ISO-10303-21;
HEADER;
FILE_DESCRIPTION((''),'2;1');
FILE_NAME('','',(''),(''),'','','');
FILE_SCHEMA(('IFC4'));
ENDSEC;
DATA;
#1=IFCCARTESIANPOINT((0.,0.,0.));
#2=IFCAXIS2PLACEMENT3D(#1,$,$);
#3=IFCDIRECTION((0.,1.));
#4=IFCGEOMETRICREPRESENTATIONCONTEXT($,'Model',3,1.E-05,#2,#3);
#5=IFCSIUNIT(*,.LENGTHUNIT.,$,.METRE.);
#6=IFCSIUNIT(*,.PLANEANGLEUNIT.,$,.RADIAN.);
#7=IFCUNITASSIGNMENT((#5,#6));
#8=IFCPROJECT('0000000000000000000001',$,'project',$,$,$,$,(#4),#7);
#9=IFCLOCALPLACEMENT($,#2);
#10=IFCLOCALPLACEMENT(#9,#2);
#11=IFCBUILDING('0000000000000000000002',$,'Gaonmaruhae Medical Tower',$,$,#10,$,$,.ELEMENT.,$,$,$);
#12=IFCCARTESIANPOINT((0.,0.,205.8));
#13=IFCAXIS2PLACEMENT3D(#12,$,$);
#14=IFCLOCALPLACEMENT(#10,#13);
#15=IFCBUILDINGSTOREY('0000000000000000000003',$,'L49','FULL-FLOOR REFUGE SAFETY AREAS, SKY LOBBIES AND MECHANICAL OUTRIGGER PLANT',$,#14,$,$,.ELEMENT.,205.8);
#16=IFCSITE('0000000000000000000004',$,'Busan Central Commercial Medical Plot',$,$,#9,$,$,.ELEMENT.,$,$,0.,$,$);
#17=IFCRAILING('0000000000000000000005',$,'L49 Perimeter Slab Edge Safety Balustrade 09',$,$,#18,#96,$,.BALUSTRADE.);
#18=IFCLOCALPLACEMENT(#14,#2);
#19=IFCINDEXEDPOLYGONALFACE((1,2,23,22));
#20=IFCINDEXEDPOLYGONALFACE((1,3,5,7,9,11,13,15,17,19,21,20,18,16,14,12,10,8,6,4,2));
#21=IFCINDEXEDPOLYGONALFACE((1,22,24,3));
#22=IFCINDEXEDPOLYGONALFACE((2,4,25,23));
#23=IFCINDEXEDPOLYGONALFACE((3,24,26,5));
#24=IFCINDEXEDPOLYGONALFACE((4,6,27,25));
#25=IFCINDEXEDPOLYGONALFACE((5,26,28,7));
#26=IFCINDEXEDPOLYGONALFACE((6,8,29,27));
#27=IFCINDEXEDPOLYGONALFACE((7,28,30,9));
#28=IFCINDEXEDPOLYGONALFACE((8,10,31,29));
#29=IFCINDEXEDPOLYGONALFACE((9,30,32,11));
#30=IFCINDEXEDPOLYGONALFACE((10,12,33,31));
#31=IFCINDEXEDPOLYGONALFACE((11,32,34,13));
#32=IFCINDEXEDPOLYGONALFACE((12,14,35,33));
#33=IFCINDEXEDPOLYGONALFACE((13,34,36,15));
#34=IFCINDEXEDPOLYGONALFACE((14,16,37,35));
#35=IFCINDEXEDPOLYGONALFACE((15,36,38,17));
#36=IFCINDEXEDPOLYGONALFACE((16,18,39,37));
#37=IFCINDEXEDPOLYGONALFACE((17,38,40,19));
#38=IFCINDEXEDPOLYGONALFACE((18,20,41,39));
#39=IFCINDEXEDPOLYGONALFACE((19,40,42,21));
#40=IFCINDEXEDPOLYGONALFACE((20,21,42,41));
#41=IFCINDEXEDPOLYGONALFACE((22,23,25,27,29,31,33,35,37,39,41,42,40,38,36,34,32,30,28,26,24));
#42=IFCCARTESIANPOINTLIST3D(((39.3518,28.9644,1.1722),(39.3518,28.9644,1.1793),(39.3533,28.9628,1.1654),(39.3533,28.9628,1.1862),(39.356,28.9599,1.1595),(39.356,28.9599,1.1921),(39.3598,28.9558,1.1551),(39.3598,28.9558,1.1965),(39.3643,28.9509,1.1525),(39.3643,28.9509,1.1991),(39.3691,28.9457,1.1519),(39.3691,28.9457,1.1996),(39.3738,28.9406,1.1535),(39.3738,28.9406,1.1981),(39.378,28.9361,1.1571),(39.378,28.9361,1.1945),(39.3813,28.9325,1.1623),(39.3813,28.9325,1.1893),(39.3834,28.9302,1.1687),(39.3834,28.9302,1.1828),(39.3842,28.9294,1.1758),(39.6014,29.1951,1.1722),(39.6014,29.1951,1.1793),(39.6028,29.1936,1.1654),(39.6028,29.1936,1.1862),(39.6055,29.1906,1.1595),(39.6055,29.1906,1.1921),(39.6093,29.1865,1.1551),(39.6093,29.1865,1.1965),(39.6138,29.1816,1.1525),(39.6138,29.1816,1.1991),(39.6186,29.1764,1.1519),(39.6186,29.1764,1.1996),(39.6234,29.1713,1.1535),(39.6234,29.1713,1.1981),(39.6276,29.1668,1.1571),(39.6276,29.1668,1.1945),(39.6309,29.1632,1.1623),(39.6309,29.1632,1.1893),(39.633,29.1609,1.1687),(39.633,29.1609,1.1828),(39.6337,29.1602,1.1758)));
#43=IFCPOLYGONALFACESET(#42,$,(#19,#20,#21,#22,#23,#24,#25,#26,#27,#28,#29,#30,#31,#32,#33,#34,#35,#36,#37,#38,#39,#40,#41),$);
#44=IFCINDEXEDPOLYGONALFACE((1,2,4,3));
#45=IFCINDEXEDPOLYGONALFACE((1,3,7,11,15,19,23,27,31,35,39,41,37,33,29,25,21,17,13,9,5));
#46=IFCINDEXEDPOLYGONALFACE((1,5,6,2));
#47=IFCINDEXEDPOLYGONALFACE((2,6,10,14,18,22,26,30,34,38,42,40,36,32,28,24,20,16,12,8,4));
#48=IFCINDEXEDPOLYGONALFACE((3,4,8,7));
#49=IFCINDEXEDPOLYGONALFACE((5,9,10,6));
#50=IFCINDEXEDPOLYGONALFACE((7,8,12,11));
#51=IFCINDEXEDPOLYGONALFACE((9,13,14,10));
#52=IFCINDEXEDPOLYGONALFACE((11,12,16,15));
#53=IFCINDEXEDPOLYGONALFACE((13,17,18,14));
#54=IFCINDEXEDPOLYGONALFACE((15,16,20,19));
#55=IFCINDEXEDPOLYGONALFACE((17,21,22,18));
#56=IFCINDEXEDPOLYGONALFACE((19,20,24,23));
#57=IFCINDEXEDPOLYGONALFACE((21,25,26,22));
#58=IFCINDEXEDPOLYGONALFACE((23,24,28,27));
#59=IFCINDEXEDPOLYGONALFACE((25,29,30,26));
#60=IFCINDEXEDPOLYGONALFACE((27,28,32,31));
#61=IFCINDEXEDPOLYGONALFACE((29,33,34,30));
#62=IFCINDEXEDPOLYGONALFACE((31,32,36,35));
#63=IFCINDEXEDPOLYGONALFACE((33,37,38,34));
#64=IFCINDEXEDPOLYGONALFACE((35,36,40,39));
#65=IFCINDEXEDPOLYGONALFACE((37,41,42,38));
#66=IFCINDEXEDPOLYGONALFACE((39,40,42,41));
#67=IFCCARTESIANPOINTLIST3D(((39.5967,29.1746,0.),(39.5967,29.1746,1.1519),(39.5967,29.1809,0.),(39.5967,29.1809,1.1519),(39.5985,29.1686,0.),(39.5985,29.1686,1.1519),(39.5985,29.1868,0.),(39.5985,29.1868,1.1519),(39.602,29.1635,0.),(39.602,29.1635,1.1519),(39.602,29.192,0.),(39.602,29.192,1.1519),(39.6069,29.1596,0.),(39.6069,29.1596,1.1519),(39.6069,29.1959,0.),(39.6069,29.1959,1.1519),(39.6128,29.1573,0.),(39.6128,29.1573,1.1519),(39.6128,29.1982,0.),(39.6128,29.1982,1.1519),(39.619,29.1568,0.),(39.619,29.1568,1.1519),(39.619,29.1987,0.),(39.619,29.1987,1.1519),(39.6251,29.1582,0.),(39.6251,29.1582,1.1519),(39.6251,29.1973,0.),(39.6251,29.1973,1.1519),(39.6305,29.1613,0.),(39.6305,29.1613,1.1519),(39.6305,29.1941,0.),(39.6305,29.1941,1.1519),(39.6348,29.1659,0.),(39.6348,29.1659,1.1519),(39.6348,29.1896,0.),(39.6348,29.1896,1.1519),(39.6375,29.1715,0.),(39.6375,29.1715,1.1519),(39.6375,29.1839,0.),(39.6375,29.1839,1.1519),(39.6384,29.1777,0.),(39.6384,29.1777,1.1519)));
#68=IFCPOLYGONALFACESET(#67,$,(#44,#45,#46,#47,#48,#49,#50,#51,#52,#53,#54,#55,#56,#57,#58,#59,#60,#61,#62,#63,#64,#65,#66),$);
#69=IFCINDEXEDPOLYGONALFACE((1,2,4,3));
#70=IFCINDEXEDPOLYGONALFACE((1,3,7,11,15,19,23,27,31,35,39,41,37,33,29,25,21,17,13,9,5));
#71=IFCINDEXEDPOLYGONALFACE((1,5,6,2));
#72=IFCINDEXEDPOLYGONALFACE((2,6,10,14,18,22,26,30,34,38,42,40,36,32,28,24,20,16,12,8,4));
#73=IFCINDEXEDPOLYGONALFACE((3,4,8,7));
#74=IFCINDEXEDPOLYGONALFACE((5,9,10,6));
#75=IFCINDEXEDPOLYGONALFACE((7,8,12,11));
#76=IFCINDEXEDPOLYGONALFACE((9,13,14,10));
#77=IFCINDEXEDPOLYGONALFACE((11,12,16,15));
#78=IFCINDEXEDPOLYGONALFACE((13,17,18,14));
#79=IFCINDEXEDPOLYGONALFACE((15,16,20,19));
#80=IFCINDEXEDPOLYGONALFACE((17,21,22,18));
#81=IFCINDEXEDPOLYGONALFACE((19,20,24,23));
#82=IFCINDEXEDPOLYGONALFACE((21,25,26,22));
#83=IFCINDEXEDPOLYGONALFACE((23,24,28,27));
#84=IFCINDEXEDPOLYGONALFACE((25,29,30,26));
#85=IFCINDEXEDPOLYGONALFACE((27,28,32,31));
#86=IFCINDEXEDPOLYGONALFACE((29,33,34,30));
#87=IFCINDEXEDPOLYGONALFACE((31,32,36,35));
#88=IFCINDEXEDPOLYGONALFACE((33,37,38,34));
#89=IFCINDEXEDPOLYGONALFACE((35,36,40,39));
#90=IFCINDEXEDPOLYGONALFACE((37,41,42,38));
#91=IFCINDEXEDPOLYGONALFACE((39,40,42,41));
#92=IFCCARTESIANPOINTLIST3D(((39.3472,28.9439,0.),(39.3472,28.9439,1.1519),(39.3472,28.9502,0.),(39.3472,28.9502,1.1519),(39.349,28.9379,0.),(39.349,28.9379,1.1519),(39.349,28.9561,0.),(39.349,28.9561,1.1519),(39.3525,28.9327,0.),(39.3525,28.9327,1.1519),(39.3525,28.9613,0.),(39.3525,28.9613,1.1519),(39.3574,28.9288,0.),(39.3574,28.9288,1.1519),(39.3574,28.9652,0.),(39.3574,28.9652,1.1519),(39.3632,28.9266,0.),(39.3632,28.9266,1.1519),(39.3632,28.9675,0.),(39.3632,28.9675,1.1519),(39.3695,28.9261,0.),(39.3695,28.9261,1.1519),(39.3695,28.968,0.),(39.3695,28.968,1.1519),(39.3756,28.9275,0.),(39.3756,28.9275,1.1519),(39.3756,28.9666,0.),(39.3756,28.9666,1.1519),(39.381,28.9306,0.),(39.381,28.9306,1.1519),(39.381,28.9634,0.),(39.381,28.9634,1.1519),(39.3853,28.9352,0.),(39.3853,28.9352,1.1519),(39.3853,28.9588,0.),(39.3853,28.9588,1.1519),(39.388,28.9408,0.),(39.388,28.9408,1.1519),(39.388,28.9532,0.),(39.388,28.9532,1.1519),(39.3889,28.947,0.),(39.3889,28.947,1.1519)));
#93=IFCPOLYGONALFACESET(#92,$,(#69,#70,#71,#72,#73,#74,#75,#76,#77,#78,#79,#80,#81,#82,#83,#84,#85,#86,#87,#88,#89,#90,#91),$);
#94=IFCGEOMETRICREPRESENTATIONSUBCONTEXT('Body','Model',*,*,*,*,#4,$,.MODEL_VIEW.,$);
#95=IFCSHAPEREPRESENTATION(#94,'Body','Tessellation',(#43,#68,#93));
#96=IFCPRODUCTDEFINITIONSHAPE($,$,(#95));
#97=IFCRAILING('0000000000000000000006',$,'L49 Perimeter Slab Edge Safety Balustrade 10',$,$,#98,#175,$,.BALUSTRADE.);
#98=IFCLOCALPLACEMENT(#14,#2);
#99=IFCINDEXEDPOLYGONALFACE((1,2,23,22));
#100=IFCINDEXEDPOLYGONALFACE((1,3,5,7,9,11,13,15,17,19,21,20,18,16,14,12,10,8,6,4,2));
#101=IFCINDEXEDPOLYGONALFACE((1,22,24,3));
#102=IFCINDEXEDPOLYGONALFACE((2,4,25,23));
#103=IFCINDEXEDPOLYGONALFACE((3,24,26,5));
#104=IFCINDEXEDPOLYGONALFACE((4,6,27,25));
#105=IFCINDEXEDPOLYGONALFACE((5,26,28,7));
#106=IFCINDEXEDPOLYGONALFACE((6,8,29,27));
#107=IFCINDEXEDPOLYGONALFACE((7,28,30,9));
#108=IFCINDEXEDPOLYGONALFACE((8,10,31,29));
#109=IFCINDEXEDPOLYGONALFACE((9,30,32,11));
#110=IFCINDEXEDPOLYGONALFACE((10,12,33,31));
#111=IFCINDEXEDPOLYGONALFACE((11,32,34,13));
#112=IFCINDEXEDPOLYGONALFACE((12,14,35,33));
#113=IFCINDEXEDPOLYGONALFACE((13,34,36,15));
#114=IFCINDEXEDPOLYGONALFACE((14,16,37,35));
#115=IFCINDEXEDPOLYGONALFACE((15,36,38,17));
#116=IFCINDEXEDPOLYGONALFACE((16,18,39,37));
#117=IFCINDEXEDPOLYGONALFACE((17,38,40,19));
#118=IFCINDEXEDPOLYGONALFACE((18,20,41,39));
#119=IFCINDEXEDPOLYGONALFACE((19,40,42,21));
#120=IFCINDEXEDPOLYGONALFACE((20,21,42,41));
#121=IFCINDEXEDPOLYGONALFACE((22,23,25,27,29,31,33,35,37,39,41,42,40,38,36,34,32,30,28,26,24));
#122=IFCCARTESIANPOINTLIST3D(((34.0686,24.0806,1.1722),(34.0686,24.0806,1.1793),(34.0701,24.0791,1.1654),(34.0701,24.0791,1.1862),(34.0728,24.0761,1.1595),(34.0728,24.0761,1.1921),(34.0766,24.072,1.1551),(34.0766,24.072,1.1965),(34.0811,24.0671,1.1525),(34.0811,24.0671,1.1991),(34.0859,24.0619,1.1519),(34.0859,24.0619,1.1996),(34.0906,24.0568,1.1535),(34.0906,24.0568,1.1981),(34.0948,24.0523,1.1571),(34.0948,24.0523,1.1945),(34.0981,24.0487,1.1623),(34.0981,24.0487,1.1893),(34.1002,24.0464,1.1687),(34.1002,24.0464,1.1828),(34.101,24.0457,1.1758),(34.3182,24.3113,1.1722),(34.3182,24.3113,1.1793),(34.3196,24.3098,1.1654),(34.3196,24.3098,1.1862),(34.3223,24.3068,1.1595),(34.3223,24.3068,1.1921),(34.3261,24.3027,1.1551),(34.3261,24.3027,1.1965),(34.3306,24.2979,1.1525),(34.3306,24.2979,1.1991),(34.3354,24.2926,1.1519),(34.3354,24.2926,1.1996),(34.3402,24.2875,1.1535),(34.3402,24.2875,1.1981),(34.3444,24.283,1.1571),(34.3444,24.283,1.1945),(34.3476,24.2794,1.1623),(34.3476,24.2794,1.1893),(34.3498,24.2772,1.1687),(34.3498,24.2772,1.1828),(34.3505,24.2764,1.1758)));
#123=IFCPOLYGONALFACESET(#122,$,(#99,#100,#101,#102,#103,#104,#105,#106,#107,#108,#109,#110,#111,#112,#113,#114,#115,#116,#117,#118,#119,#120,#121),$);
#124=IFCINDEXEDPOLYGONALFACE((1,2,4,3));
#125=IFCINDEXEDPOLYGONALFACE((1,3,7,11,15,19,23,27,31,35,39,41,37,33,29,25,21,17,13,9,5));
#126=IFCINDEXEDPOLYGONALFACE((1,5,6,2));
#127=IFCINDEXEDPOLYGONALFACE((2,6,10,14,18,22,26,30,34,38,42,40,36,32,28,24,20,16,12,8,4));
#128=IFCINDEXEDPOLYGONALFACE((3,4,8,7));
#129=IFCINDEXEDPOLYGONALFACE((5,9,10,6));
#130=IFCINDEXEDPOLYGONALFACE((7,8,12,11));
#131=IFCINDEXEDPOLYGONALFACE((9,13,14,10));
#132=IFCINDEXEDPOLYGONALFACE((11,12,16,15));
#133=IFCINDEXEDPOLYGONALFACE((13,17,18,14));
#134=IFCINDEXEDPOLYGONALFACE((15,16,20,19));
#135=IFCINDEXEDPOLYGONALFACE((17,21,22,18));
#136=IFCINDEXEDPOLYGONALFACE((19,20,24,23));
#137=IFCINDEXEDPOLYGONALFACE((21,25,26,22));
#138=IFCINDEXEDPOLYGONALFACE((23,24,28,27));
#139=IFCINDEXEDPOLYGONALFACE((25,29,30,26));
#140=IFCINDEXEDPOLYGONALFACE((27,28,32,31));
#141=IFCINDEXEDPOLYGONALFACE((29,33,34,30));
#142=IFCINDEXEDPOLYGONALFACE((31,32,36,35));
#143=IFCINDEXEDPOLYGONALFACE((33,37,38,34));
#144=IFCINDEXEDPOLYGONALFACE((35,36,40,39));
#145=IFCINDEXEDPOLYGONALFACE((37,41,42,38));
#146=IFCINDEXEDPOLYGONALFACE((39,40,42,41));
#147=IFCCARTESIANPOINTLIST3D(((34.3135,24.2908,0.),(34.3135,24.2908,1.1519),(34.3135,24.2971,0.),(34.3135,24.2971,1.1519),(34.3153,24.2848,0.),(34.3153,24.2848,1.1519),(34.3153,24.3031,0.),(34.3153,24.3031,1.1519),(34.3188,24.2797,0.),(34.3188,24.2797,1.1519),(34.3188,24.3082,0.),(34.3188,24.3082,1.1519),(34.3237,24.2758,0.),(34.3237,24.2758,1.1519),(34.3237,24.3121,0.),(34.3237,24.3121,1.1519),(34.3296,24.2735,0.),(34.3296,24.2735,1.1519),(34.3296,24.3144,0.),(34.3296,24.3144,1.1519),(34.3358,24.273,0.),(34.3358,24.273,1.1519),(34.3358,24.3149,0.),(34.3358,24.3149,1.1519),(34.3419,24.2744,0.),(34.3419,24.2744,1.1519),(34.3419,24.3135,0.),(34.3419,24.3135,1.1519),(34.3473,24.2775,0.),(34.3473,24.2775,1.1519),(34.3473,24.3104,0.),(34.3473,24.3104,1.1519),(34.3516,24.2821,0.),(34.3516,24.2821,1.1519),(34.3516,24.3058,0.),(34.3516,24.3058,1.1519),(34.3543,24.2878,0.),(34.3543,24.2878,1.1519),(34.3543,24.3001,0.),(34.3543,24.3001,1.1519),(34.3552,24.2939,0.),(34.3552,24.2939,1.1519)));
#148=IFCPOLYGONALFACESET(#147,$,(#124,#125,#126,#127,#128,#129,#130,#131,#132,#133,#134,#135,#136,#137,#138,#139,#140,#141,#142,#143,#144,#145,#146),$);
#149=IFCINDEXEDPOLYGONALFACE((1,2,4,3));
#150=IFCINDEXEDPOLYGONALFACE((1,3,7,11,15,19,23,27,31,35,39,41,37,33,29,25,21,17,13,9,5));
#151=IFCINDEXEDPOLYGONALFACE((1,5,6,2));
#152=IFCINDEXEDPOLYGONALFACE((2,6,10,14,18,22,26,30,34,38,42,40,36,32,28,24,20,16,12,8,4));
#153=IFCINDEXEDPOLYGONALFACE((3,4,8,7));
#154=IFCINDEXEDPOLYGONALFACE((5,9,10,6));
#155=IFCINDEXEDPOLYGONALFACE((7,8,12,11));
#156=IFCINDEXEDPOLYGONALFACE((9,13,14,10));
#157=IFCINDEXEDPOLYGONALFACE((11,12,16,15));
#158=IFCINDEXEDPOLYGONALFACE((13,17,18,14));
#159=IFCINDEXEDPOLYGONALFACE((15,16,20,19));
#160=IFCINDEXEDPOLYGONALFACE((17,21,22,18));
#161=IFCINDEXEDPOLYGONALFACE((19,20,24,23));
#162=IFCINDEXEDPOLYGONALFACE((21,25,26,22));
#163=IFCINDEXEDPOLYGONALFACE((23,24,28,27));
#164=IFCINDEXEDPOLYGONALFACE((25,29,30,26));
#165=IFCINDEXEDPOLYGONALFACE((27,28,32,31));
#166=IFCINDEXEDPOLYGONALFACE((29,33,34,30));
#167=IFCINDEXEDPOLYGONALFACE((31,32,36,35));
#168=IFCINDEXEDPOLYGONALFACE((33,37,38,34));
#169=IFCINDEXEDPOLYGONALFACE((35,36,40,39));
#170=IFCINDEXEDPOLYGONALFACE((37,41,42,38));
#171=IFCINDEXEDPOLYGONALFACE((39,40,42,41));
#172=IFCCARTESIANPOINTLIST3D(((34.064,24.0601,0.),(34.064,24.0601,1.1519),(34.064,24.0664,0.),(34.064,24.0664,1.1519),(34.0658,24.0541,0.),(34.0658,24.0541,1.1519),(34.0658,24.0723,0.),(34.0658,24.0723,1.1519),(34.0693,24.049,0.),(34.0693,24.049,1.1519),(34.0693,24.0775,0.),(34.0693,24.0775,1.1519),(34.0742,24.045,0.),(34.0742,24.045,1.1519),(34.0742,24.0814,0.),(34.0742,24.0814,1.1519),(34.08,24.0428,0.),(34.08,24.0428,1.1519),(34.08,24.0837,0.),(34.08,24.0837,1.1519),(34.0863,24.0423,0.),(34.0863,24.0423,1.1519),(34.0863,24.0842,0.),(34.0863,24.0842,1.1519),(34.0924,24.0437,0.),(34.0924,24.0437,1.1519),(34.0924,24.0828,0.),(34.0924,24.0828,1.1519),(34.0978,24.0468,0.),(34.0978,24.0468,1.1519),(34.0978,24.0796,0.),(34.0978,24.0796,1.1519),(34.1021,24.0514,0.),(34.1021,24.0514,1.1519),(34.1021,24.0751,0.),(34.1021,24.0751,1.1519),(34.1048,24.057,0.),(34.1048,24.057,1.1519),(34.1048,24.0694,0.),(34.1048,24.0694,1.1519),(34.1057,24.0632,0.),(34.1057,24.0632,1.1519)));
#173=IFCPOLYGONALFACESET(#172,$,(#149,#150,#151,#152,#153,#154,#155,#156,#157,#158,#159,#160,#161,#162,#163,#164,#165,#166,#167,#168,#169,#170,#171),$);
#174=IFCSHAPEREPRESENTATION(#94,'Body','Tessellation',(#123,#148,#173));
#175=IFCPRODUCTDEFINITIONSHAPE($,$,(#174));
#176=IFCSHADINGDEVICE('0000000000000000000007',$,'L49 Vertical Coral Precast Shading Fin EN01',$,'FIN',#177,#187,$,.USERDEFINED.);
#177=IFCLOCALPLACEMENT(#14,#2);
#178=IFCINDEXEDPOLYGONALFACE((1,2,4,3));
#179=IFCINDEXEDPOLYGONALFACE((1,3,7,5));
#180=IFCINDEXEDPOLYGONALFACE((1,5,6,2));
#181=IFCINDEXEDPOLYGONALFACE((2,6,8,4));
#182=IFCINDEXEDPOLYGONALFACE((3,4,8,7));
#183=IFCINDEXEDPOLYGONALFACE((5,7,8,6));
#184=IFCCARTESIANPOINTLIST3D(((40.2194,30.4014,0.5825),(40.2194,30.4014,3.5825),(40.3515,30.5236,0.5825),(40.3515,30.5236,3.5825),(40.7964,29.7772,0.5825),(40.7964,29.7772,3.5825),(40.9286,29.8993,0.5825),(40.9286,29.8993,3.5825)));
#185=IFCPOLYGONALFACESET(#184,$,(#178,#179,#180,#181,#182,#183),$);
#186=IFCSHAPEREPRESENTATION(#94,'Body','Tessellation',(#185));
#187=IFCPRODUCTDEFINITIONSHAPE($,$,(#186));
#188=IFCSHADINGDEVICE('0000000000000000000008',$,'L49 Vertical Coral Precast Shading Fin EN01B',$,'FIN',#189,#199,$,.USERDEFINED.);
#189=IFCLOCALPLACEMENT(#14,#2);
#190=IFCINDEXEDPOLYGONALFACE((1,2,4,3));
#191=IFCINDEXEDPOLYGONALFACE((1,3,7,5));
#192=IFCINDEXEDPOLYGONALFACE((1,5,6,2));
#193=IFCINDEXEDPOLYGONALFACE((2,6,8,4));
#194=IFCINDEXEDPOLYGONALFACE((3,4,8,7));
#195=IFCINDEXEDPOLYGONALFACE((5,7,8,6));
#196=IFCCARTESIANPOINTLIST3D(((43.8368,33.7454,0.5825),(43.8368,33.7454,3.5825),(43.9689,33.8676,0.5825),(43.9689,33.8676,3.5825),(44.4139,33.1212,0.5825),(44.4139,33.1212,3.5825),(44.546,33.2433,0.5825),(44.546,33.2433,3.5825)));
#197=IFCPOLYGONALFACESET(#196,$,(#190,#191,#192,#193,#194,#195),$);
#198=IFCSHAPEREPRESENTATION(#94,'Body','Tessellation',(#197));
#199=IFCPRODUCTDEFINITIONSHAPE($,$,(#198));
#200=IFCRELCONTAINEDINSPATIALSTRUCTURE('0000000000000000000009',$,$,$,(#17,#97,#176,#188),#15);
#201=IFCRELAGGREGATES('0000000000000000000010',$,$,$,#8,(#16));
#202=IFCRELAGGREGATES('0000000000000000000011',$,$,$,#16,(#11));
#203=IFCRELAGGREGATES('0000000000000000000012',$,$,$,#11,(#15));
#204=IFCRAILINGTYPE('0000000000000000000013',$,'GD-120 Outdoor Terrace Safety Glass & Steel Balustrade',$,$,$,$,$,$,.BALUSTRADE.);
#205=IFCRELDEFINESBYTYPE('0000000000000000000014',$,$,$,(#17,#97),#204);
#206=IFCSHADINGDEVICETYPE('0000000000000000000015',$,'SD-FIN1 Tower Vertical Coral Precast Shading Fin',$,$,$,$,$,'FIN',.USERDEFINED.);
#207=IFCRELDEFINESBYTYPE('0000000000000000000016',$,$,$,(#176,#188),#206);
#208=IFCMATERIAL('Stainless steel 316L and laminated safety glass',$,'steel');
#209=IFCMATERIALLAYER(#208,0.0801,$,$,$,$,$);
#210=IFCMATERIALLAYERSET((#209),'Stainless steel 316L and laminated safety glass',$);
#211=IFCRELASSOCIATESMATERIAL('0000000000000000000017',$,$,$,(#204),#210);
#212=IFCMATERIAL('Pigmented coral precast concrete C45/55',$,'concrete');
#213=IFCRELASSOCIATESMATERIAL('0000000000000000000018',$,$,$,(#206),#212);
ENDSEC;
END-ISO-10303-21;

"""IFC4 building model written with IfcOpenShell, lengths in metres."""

from ifc_helpers import new_model, si_unit, direction, frame, origin, origin_2d, place, context, subcontext, project, spatial, rectangle, circle, extrude, material, layer, layer_set, type_object, element, save


model = new_model("IFC4")

# Units and contexts
model_context = context("Model", 3, precision=1e-05, world=origin(), true_north=direction((0.0, 1.0)))
body_context = subcontext(model_context, "Body", "Model", "MODEL_VIEW")
ifc_project = project(units=[si_unit("LENGTHUNIT", "METRE"), si_unit("PLANEANGLEUNIT", "RADIAN")], contexts=[model_context])

# Site, building, storey
site_placement = place(None, origin())
site = spatial("IfcSite", under=ifc_project, at=site_placement, Name="Busan Central Commercial Medical Plot", CompositionType="ELEMENT", RefElevation=0.0)
building_placement = place(site_placement, origin())
building = spatial("IfcBuilding", under=site, at=building_placement, Name="Gaonmaruhae Medical Tower", CompositionType="ELEMENT")
storey_placement = place(building_placement, frame((0.0, 0.0, 205.8)))
storey = spatial("IfcBuildingStorey", under=building, at=storey_placement, Name="L49", Description="FULL-FLOOR REFUGE SAFETY AREAS, SKY LOBBIES AND MECHANICAL OUTRIGGER PLANT", CompositionType="ELEMENT", Elevation=205.8)

# Railings
ifc_material_1 = material(Name="Stainless steel 316L and laminated safety glass", Category="steel")
ifc_layer_1 = layer(ifc_material_1, 0.0801)
ifc_layer_set_1 = layer_set([ifc_layer_1], Name="Stainless steel 316L and laminated safety glass")
railing_type = type_object("IfcRailingType", Name="GD-120 Outdoor Terrace Safety Glass & Steel Balustrade", PredefinedType="BALUSTRADE", material=ifc_layer_set_1)
for number, where, name in (
    (1, (39.6174, 29.1777, 0.0), "L49 Perimeter Slab Edge Safety Balustrade 09"),
    (2, (34.3342, 24.2939, 0.0), "L49 Perimeter Slab Edge Safety Balustrade 10"),
):
    element("IfcRailing", number, at=place(storey_placement, frame(where)), inside=storey, type_object=railing_type, Name=name, PredefinedType="BALUSTRADE", context=body_context, shape_type="SweptSolid", body=[
        extrude(circle(Radius=0.0239, at=origin_2d()), frame((0.0, 0.0, 1.1758), z_axis=(-0.734225, -0.678906, 0.0), x_axis=(0.678906, -0.734225, 0.0)), (0.0, 0.0, 1.0), 0.3398),
        extrude(circle(Radius=0.021, at=origin_2d()), origin(), (0.0, 0.0, 1.0), 1.1519),
        extrude(circle(Radius=0.021, at=origin_2d()), frame((-0.2495, -0.2307, 0.0)), (0.0, 0.0, 1.0), 1.1519),
    ])

# Shading devices
ifc_material_2 = material(Name="Pigmented coral precast concrete C45/55", Category="concrete")
shading_device_type = type_object("IfcShadingDeviceType", Name="SD-FIN1 Tower Vertical Coral Precast Shading Fin", ElementType="FIN", PredefinedType="USERDEFINED", material=ifc_material_2)
for number, where, z_axis, x_axis, name in (
    (3, (40.574, 30.1504, 0.5825), (0.0, 0.0, 1.0), (0.734323, 0.678801, 0.0), "L49 Vertical Coral Precast Shading Fin EN01"),
    (4, (44.1914, 33.4944, 0.5825), (0.0, 0.0, 1.0), (0.734323, 0.678801, 0.0), "L49 Vertical Coral Precast Shading Fin EN01B"),
):
    element("IfcShadingDevice", number, at=place(storey_placement, frame(where, z_axis=z_axis, x_axis=x_axis)), inside=storey, type_object=shading_device_type, Name=name, ObjectType="FIN", PredefinedType="USERDEFINED", context=body_context, shape_type="SweptSolid", body=[
        extrude(rectangle(XDim=0.1799, YDim=0.8501, at=origin_2d()), origin(), (0.0, 0.0, 1.0), 3.0),
    ])

save(model, "model.ifc")
